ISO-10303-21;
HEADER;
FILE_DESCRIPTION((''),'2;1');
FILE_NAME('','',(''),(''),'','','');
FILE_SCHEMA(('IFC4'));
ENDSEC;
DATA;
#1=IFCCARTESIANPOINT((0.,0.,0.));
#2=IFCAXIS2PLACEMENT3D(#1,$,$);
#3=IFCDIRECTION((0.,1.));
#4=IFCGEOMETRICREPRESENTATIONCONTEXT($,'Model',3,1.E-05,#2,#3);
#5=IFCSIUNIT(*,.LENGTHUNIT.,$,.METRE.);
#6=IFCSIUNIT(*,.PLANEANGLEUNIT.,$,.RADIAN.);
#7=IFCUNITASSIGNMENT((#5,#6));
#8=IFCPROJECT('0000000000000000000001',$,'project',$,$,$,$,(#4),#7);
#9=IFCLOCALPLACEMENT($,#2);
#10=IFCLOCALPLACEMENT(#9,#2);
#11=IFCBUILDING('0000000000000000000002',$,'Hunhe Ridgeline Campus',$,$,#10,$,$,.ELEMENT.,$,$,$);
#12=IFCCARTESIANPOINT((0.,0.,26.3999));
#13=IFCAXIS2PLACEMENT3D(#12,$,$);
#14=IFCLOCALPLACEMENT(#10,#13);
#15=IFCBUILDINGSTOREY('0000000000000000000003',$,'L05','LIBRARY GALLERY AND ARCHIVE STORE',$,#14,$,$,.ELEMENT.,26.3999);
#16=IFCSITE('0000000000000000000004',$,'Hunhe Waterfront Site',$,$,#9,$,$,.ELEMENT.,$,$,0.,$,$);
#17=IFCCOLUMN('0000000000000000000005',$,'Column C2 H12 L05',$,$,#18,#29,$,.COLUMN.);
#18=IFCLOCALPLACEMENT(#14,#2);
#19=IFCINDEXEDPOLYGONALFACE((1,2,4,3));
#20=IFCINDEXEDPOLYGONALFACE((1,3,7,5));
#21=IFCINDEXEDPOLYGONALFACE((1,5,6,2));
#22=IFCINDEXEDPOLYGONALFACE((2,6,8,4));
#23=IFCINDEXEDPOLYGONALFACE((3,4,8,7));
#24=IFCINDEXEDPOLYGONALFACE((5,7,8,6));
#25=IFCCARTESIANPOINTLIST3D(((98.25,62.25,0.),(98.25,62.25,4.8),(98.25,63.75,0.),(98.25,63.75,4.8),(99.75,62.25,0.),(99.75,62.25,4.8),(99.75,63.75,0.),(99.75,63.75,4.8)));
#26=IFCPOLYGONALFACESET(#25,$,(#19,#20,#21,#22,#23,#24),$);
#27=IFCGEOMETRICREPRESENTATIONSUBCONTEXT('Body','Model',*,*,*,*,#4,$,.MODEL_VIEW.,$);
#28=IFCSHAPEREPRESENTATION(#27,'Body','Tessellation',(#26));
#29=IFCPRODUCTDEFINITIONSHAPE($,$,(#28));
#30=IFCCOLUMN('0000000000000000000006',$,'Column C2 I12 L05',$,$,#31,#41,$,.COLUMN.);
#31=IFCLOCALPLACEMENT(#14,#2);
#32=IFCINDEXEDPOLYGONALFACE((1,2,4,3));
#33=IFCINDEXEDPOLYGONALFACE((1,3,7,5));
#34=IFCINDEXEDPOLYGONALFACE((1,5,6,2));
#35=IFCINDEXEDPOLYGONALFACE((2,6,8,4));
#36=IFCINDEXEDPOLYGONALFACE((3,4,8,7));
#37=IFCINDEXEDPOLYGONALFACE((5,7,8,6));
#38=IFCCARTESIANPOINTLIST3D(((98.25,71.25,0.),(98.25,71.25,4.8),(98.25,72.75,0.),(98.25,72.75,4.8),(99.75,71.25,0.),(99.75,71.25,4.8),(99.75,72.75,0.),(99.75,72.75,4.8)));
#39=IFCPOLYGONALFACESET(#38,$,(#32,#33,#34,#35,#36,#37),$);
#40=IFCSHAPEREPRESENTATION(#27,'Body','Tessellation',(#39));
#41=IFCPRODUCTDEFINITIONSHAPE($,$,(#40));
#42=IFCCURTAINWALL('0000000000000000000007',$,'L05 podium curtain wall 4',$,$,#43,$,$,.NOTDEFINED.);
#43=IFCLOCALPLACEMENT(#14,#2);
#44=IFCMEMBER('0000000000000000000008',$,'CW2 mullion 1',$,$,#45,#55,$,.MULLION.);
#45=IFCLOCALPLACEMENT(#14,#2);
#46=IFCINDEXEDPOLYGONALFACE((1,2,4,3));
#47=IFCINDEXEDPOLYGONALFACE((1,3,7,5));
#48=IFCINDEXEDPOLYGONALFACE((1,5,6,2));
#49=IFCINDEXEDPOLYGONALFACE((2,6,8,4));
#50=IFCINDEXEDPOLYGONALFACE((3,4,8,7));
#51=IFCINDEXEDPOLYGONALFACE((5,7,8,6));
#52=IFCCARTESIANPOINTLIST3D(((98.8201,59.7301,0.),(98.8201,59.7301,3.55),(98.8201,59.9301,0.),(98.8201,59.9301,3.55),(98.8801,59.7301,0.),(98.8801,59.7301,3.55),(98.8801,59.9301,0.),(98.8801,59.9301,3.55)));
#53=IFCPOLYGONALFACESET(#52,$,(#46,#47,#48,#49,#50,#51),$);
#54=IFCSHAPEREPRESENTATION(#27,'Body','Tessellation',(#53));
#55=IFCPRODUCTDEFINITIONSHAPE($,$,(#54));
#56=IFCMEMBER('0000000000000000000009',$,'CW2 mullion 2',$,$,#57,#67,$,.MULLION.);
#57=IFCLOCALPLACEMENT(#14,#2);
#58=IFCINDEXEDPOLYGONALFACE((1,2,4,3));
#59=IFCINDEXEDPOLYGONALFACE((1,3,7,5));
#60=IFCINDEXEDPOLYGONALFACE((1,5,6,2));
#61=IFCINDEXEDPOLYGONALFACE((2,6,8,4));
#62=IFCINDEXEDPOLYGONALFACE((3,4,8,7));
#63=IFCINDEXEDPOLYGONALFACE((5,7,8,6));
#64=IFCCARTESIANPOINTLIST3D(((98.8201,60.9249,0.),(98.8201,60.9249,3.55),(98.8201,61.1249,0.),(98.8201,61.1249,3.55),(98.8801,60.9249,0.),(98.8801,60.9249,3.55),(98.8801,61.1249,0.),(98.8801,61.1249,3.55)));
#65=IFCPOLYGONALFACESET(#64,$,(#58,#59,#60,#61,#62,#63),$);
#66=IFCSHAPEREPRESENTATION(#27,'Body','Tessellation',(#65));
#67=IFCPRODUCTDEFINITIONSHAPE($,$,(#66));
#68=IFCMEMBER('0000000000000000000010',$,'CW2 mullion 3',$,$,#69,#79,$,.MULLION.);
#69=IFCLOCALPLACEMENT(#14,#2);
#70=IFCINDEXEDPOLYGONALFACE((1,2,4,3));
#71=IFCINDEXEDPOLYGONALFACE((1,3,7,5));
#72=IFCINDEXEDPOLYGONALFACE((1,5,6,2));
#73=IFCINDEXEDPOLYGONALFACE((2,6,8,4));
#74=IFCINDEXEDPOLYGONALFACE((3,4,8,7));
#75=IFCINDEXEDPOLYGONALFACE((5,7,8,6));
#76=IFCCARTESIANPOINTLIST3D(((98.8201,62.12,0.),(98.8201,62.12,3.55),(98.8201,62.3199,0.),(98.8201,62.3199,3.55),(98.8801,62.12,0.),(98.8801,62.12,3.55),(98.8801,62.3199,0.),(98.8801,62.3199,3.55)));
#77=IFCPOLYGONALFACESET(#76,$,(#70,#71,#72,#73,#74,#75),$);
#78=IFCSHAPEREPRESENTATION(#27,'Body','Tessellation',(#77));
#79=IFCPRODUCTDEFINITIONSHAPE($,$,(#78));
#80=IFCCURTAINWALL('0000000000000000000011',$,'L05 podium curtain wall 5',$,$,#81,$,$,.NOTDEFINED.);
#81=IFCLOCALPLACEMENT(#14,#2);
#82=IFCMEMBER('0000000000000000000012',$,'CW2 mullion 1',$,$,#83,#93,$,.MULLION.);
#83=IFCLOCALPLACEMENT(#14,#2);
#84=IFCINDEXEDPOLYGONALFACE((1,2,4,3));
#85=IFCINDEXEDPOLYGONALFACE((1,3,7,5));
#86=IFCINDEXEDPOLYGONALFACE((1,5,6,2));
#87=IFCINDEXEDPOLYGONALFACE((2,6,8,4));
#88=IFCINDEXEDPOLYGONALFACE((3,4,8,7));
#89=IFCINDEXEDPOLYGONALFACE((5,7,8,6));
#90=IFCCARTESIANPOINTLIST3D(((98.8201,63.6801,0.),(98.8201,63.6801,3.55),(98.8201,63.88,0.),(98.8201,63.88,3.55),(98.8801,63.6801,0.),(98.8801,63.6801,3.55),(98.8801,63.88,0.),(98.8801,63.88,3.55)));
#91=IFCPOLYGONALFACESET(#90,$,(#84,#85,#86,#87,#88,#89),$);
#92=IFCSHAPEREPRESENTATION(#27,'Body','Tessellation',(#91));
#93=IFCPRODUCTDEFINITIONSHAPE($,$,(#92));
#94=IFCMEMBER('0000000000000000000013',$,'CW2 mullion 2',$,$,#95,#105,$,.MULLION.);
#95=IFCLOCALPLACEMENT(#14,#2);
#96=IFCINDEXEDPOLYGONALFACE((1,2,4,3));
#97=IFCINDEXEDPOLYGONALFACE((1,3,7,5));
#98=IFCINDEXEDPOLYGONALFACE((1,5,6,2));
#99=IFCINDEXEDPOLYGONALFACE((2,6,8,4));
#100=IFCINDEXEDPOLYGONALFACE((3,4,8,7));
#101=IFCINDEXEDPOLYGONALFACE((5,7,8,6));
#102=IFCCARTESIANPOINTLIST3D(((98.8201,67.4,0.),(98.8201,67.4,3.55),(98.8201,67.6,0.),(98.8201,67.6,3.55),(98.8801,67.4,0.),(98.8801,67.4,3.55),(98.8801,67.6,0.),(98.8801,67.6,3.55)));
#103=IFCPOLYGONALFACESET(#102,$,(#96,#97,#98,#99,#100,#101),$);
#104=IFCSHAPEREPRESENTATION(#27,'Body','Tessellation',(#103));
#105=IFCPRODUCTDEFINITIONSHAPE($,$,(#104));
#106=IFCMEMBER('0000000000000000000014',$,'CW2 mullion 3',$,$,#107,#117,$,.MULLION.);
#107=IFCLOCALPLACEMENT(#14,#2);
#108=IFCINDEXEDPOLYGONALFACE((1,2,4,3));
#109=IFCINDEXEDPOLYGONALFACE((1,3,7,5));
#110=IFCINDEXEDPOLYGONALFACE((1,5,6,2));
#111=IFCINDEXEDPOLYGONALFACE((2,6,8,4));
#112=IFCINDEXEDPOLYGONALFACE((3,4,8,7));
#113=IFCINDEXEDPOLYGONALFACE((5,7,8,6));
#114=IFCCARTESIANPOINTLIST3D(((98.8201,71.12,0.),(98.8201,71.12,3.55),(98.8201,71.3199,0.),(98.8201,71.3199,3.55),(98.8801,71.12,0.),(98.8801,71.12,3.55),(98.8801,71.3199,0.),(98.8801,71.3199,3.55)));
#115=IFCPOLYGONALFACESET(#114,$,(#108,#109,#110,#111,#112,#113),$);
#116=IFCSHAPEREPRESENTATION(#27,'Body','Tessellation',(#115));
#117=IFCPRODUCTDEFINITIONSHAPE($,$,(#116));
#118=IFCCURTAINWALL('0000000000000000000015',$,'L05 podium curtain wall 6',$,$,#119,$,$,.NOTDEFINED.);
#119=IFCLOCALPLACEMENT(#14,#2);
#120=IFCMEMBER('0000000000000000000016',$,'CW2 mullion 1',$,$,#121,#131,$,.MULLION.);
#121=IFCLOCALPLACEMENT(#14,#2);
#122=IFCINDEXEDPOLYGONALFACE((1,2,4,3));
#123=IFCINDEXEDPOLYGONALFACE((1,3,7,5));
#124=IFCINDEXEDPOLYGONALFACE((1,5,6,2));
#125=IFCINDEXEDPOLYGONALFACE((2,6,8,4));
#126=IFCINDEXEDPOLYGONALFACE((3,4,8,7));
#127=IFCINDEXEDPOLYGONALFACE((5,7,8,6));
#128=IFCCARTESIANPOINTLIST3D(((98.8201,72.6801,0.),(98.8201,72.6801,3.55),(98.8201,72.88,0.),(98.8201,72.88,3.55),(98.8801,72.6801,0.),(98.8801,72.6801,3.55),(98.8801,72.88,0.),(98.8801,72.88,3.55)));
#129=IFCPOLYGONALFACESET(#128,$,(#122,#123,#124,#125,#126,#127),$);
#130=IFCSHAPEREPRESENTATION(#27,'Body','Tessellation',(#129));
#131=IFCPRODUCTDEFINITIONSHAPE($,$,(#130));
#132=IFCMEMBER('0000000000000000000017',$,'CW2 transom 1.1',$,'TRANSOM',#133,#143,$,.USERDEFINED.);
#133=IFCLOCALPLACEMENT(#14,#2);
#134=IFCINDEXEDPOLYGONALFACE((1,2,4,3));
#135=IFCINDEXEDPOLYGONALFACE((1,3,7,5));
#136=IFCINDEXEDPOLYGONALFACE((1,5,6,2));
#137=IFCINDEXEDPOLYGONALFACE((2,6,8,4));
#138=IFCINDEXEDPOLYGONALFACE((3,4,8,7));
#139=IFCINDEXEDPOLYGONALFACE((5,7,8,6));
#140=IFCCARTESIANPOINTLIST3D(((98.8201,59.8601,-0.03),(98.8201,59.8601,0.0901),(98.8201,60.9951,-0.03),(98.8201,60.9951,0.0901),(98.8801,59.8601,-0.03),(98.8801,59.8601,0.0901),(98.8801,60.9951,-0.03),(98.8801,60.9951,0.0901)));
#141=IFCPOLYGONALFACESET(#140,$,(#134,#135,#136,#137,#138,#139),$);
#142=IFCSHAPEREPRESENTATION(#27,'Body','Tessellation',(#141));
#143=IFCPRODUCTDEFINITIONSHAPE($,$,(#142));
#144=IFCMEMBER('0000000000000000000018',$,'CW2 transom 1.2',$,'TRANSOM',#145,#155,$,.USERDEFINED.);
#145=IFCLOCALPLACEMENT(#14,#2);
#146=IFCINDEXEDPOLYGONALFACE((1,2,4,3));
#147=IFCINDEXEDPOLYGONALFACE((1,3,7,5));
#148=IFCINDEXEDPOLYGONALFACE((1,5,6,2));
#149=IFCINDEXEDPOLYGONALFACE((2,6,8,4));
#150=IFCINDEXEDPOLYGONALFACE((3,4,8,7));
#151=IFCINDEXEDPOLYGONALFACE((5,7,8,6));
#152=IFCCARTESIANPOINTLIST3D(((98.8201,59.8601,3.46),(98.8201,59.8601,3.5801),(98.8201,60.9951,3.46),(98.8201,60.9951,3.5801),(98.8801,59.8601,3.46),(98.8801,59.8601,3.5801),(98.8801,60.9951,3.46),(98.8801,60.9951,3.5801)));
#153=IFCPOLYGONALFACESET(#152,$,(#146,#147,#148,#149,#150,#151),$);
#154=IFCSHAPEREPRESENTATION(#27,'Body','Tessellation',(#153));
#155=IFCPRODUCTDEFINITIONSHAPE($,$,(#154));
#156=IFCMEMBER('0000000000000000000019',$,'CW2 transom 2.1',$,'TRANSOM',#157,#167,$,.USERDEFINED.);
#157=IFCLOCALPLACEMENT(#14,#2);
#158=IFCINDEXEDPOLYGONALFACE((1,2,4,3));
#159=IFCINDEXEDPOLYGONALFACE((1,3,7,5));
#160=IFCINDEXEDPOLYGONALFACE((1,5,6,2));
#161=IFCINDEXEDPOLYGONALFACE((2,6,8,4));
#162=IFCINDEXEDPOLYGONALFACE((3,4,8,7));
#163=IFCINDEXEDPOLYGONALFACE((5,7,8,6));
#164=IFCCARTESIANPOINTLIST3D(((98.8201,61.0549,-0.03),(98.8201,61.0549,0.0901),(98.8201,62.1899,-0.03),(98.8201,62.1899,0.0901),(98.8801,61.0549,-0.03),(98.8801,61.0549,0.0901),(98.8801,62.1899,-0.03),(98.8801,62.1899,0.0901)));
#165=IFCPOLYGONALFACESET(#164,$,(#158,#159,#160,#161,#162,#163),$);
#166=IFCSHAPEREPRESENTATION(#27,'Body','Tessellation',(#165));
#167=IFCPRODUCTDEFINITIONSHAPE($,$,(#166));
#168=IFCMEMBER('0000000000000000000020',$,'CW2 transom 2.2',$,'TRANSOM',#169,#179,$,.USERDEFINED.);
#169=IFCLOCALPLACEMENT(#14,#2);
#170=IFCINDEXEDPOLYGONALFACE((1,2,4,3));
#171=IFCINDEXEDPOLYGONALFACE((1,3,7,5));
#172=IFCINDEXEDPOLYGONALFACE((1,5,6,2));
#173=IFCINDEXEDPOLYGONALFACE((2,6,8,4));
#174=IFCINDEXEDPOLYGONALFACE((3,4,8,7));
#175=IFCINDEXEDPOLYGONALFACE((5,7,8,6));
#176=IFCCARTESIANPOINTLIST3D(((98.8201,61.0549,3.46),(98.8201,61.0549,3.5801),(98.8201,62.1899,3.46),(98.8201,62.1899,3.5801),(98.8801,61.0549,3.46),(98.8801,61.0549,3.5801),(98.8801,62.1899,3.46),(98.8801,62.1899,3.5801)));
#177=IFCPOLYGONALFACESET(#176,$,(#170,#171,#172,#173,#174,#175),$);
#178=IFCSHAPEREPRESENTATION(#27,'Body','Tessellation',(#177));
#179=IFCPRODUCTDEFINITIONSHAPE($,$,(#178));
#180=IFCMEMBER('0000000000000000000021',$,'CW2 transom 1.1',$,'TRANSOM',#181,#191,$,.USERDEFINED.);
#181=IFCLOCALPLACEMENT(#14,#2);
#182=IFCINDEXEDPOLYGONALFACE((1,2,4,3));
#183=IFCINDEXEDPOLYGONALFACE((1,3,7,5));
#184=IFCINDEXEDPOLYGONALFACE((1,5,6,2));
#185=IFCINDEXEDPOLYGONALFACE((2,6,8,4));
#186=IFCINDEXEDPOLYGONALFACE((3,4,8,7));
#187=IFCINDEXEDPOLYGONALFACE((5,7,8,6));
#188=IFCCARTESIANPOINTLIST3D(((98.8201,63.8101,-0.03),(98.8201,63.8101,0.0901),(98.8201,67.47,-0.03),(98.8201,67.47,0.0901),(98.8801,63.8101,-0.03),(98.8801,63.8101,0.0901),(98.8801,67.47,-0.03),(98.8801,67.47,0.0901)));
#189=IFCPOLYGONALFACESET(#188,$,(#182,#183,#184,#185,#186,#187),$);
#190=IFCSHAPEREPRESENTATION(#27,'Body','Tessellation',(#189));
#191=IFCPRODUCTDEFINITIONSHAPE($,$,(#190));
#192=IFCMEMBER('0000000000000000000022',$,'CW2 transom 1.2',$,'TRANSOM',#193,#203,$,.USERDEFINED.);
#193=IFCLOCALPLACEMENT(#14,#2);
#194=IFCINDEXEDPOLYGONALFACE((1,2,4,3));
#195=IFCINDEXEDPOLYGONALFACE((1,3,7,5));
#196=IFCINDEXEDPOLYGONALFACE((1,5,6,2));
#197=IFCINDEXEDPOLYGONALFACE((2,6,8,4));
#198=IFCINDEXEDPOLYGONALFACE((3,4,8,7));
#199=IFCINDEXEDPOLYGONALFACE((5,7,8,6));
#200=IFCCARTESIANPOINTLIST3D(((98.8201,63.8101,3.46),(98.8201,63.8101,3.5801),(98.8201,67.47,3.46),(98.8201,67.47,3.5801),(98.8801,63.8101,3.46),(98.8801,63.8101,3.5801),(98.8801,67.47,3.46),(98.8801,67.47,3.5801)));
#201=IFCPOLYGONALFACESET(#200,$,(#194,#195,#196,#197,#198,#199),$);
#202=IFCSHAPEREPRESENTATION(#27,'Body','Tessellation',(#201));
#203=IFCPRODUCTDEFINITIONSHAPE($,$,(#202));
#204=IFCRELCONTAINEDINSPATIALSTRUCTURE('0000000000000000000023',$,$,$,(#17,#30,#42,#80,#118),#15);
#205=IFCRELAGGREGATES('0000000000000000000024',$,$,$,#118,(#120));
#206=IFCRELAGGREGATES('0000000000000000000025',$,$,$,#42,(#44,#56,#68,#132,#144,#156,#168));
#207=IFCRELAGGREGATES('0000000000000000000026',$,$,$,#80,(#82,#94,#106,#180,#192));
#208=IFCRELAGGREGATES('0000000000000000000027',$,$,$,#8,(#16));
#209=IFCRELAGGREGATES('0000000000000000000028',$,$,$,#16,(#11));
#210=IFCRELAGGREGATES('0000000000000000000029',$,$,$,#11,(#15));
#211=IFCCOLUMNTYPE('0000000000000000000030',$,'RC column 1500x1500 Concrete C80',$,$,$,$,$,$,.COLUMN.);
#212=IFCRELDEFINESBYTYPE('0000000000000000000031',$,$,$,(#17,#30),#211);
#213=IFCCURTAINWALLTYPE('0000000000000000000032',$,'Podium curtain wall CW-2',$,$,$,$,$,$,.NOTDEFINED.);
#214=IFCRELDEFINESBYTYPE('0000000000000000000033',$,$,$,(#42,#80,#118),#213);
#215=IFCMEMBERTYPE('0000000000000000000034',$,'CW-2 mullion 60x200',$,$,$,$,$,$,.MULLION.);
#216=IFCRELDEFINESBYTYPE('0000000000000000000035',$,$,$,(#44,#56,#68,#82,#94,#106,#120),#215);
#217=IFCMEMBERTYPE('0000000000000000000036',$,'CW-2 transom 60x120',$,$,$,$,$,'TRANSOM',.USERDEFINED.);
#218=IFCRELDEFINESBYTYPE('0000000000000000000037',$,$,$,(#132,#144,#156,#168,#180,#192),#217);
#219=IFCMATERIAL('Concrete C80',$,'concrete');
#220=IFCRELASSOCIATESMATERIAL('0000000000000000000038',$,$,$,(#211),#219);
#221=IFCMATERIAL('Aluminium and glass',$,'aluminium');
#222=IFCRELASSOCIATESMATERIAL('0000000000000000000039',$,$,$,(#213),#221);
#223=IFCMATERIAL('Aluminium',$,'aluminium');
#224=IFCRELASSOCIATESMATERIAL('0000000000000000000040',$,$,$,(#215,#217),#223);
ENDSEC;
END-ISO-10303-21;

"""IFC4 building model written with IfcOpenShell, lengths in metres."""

from ifc_helpers import new_model, si_unit, direction, frame, origin, origin_2d, place, context, subcontext, project, spatial, rectangle, extrude, material, material_profile, profile_set, type_object, element, aggregate, save


model = new_model("IFC4")

# Units and contexts
model_context = context("Model", 3, precision=1e-05, world=origin(), true_north=direction((0.0, 1.0)))
body_context = subcontext(model_context, "Body", "Model", "MODEL_VIEW")
ifc_project = project(units=[si_unit("LENGTHUNIT", "METRE"), si_unit("PLANEANGLEUNIT", "RADIAN")], contexts=[model_context])

# Site, building, storey
site_placement = place(None, origin())
site = spatial("IfcSite", under=ifc_project, at=site_placement, Name="Hunhe Waterfront Site", CompositionType="ELEMENT", RefElevation=0.0)
building_placement = place(site_placement, origin())
building = spatial("IfcBuilding", under=site, at=building_placement, Name="Hunhe Ridgeline Campus", CompositionType="ELEMENT")
storey_placement = place(building_placement, frame((0.0, 0.0, 26.3999)))
storey = spatial("IfcBuildingStorey", under=building, at=storey_placement, Name="L05", Description="LIBRARY GALLERY AND ARCHIVE STORE", CompositionType="ELEMENT", Elevation=26.3999)

# Columns
ifc_material_1 = material(Name="Concrete C80", Category="concrete")
ifc_material_profile_1 = material_profile(ifc_material_1, rectangle(XDim=1.5, YDim=1.5, at=origin_2d()))
ifc_profile_set_1 = profile_set([ifc_material_profile_1], Name="Concrete C80")
column_type = type_object("IfcColumnType", Name="RC column 1500x1500 Concrete C80", PredefinedType="COLUMN", material=ifc_profile_set_1)
for number, where, z_axis, x_axis, name in (
    (1, (99.0, 63.0, 0.0), (0.0, 0.0, 1.0), (1.0, 0.0, 0.0), "Column C2 H12 L05"),
    (2, (99.0, 72.0, 0.0), (0.0, 0.0, 1.0), (1.0, 0.0, 0.0), "Column C2 I12 L05"),
):
    element("IfcColumn", number, at=place(storey_placement, frame(where, z_axis=z_axis, x_axis=x_axis)), inside=storey, type_object=column_type, Name=name, PredefinedType="COLUMN", context=body_context, shape_type="SweptSolid", body=[
        extrude(rectangle(XDim=1.5, YDim=1.5, at=origin_2d()), origin(), (0.0, 0.0, 1.0), 4.8),
    ])

# Curtain walls, members
ifc_material_2 = material(Name="Aluminium and glass", Category="aluminium")
curtain_wall_type = type_object("IfcCurtainWallType", Name="Podium curtain wall CW-2", PredefinedType="NOTDEFINED", material=ifc_material_2)
curtain_wall_1_placement = place(storey_placement, origin())
curtain_wall_1 = element("IfcCurtainWall", 3, at=curtain_wall_1_placement, inside=storey, type_object=curtain_wall_type, Name="L05 podium curtain wall 4", PredefinedType="NOTDEFINED")
ifc_material_3 = material(Name="Aluminium", Category="aluminium")
ifc_material_profile_2 = material_profile(ifc_material_3, rectangle(XDim=0.0601, YDim=0.2, at=origin_2d()))
ifc_profile_set_2 = profile_set([ifc_material_profile_2], Name="Aluminium")
member_type_1 = type_object("IfcMemberType", Name="CW-2 mullion 60x200", PredefinedType="MULLION", material=ifc_profile_set_2)
member_1_placement = place(storey_placement, frame((98.8501, 59.8301, 0.0), z_axis=(0.0, 0.0, 1.0), x_axis=(-1.0, 0.0, 0.0)))
member_1 = element("IfcMember", 4, at=member_1_placement, type_object=member_type_1, Name="CW2 mullion 1", PredefinedType="MULLION", context=body_context, shape_type="SweptSolid", body=[
    extrude(rectangle(XDim=0.0601, YDim=0.2, at=origin_2d()), origin(), (0.0, 0.0, 1.0), 3.55),
])
member_2_placement = place(storey_placement, frame((98.8501, 61.0249, 0.0), z_axis=(0.0, 0.0, 1.0), x_axis=(-1.0, 0.0, 0.0)))
member_2 = element("IfcMember", 5, at=member_2_placement, type_object=member_type_1, Name="CW2 mullion 2", PredefinedType="MULLION", context=body_context, shape_type="SweptSolid", body=[
    extrude(rectangle(XDim=0.0601, YDim=0.2, at=origin_2d()), origin(), (0.0, 0.0, 1.0), 3.55),
])
member_3_placement = place(storey_placement, frame((98.8501, 62.22, 0.0), z_axis=(0.0, 0.0, 1.0), x_axis=(-1.0, 0.0, 0.0)))
member_3 = element("IfcMember", 6, at=member_3_placement, type_object=member_type_1, Name="CW2 mullion 3", PredefinedType="MULLION", context=body_context, shape_type="SweptSolid", body=[
    extrude(rectangle(XDim=0.0601, YDim=0.2, at=origin_2d()), origin(), (0.0, 0.0, 1.0), 3.55),
])
curtain_wall_2_placement = place(storey_placement, origin())
curtain_wall_2 = element("IfcCurtainWall", 7, at=curtain_wall_2_placement, inside=storey, type_object=curtain_wall_type, Name="L05 podium curtain wall 5", PredefinedType="NOTDEFINED")
member_4_placement = place(storey_placement, frame((98.8501, 63.78, 0.0), z_axis=(0.0, 0.0, 1.0), x_axis=(-1.0, 0.0, 0.0)))
member_4 = element("IfcMember", 8, at=member_4_placement, type_object=member_type_1, Name="CW2 mullion 1", PredefinedType="MULLION", context=body_context, shape_type="SweptSolid", body=[
    extrude(rectangle(XDim=0.0601, YDim=0.2, at=origin_2d()), origin(), (0.0, 0.0, 1.0), 3.55),
])
member_5_placement = place(storey_placement, frame((98.8501, 67.5, 0.0), z_axis=(0.0, 0.0, 1.0), x_axis=(-1.0, 0.0, 0.0)))
member_5 = element("IfcMember", 9, at=member_5_placement, type_object=member_type_1, Name="CW2 mullion 2", PredefinedType="MULLION", context=body_context, shape_type="SweptSolid", body=[
    extrude(rectangle(XDim=0.0601, YDim=0.2, at=origin_2d()), origin(), (0.0, 0.0, 1.0), 3.55),
])
member_6_placement = place(storey_placement, frame((98.8501, 71.22, 0.0), z_axis=(0.0, 0.0, 1.0), x_axis=(-1.0, 0.0, 0.0)))
member_6 = element("IfcMember", 10, at=member_6_placement, type_object=member_type_1, Name="CW2 mullion 3", PredefinedType="MULLION", context=body_context, shape_type="SweptSolid", body=[
    extrude(rectangle(XDim=0.0601, YDim=0.2, at=origin_2d()), origin(), (0.0, 0.0, 1.0), 3.55),
])

# Curtain wall, member
curtain_wall_3_placement = place(storey_placement, origin())
curtain_wall_3 = element("IfcCurtainWall", 11, at=curtain_wall_3_placement, inside=storey, type_object=curtain_wall_type, Name="L05 podium curtain wall 6", PredefinedType="NOTDEFINED")
member_7_placement = place(storey_placement, frame((98.8501, 72.78, 0.0), z_axis=(0.0, 0.0, 1.0), x_axis=(-1.0, 0.0, 0.0)))
member_7 = element("IfcMember", 12, at=member_7_placement, type_object=member_type_1, Name="CW2 mullion 1", PredefinedType="MULLION", context=body_context, shape_type="SweptSolid", body=[
    extrude(rectangle(XDim=0.0601, YDim=0.2, at=origin_2d()), origin(), (0.0, 0.0, 1.0), 3.55),
])

# Members
ifc_material_profile_3 = material_profile(ifc_material_3, rectangle(XDim=0.0601, YDim=0.1201, at=origin_2d()))
ifc_profile_set_3 = profile_set([ifc_material_profile_3], Name="Aluminium")
member_type_2 = type_object("IfcMemberType", Name="CW-2 transom 60x120", ElementType="TRANSOM", PredefinedType="USERDEFINED", material=ifc_profile_set_3)
member_8_placement = place(storey_placement, frame((98.8501, 59.8601, 0.03), z_axis=(0.0, 1.0, 0.0), x_axis=(-1.0, 0.0, 0.0)))
member_8 = element("IfcMember", 13, at=member_8_placement, type_object=member_type_2, Name="CW2 transom 1.1", ObjectType="TRANSOM", PredefinedType="USERDEFINED", context=body_context, shape_type="SweptSolid", body=[
    extrude(rectangle(XDim=0.0601, YDim=0.1201, at=origin_2d()), origin(), (0.0, 0.0, 1.0), 1.135),
])
member_9_placement = place(storey_placement, frame((98.8501, 59.8601, 3.52), z_axis=(0.0, 1.0, 0.0), x_axis=(-1.0, 0.0, 0.0)))
member_9 = element("IfcMember", 14, at=member_9_placement, type_object=member_type_2, Name="CW2 transom 1.2", ObjectType="TRANSOM", PredefinedType="USERDEFINED", context=body_context, shape_type="SweptSolid", body=[
    extrude(rectangle(XDim=0.0601, YDim=0.1201, at=origin_2d()), origin(), (0.0, 0.0, 1.0), 1.135),
])
member_10_placement = place(storey_placement, frame((98.8501, 61.0549, 0.03), z_axis=(0.0, 1.0, 0.0), x_axis=(-1.0, 0.0, 0.0)))
member_10 = element("IfcMember", 15, at=member_10_placement, type_object=member_type_2, Name="CW2 transom 2.1", ObjectType="TRANSOM", PredefinedType="USERDEFINED", context=body_context, shape_type="SweptSolid", body=[
    extrude(rectangle(XDim=0.0601, YDim=0.1201, at=origin_2d()), origin(), (0.0, 0.0, 1.0), 1.135),
])
member_11_placement = place(storey_placement, frame((98.8501, 61.0549, 3.52), z_axis=(0.0, 1.0, 0.0), x_axis=(-1.0, 0.0, 0.0)))
member_11 = element("IfcMember", 16, at=member_11_placement, type_object=member_type_2, Name="CW2 transom 2.2", ObjectType="TRANSOM", PredefinedType="USERDEFINED", context=body_context, shape_type="SweptSolid", body=[
    extrude(rectangle(XDim=0.0601, YDim=0.1201, at=origin_2d()), origin(), (0.0, 0.0, 1.0), 1.135),
])
member_12_placement = place(storey_placement, frame((98.8501, 63.8101, 0.03), z_axis=(0.0, 1.0, 0.0), x_axis=(-1.0, 0.0, 0.0)))
member_12 = element("IfcMember", 17, at=member_12_placement, type_object=member_type_2, Name="CW2 transom 1.1", ObjectType="TRANSOM", PredefinedType="USERDEFINED", context=body_context, shape_type="SweptSolid", body=[
    extrude(rectangle(XDim=0.0601, YDim=0.1201, at=origin_2d()), origin(), (0.0, 0.0, 1.0), 3.6599),
])
member_13_placement = place(storey_placement, frame((98.8501, 63.8101, 3.52), z_axis=(0.0, 1.0, 0.0), x_axis=(-1.0, 0.0, 0.0)))
member_13 = element("IfcMember", 18, at=member_13_placement, type_object=member_type_2, Name="CW2 transom 1.2", ObjectType="TRANSOM", PredefinedType="USERDEFINED", context=body_context, shape_type="SweptSolid", body=[
    extrude(rectangle(XDim=0.0601, YDim=0.1201, at=origin_2d()), origin(), (0.0, 0.0, 1.0), 3.6599),
])
aggregate(curtain_wall_3, [member_7])

aggregate(curtain_wall_1, [member_1, member_2, member_3, member_8, member_9, member_10, member_11])
aggregate(curtain_wall_2, [member_4, member_5, member_6, member_12, member_13])

save(model, "model.ifc")
